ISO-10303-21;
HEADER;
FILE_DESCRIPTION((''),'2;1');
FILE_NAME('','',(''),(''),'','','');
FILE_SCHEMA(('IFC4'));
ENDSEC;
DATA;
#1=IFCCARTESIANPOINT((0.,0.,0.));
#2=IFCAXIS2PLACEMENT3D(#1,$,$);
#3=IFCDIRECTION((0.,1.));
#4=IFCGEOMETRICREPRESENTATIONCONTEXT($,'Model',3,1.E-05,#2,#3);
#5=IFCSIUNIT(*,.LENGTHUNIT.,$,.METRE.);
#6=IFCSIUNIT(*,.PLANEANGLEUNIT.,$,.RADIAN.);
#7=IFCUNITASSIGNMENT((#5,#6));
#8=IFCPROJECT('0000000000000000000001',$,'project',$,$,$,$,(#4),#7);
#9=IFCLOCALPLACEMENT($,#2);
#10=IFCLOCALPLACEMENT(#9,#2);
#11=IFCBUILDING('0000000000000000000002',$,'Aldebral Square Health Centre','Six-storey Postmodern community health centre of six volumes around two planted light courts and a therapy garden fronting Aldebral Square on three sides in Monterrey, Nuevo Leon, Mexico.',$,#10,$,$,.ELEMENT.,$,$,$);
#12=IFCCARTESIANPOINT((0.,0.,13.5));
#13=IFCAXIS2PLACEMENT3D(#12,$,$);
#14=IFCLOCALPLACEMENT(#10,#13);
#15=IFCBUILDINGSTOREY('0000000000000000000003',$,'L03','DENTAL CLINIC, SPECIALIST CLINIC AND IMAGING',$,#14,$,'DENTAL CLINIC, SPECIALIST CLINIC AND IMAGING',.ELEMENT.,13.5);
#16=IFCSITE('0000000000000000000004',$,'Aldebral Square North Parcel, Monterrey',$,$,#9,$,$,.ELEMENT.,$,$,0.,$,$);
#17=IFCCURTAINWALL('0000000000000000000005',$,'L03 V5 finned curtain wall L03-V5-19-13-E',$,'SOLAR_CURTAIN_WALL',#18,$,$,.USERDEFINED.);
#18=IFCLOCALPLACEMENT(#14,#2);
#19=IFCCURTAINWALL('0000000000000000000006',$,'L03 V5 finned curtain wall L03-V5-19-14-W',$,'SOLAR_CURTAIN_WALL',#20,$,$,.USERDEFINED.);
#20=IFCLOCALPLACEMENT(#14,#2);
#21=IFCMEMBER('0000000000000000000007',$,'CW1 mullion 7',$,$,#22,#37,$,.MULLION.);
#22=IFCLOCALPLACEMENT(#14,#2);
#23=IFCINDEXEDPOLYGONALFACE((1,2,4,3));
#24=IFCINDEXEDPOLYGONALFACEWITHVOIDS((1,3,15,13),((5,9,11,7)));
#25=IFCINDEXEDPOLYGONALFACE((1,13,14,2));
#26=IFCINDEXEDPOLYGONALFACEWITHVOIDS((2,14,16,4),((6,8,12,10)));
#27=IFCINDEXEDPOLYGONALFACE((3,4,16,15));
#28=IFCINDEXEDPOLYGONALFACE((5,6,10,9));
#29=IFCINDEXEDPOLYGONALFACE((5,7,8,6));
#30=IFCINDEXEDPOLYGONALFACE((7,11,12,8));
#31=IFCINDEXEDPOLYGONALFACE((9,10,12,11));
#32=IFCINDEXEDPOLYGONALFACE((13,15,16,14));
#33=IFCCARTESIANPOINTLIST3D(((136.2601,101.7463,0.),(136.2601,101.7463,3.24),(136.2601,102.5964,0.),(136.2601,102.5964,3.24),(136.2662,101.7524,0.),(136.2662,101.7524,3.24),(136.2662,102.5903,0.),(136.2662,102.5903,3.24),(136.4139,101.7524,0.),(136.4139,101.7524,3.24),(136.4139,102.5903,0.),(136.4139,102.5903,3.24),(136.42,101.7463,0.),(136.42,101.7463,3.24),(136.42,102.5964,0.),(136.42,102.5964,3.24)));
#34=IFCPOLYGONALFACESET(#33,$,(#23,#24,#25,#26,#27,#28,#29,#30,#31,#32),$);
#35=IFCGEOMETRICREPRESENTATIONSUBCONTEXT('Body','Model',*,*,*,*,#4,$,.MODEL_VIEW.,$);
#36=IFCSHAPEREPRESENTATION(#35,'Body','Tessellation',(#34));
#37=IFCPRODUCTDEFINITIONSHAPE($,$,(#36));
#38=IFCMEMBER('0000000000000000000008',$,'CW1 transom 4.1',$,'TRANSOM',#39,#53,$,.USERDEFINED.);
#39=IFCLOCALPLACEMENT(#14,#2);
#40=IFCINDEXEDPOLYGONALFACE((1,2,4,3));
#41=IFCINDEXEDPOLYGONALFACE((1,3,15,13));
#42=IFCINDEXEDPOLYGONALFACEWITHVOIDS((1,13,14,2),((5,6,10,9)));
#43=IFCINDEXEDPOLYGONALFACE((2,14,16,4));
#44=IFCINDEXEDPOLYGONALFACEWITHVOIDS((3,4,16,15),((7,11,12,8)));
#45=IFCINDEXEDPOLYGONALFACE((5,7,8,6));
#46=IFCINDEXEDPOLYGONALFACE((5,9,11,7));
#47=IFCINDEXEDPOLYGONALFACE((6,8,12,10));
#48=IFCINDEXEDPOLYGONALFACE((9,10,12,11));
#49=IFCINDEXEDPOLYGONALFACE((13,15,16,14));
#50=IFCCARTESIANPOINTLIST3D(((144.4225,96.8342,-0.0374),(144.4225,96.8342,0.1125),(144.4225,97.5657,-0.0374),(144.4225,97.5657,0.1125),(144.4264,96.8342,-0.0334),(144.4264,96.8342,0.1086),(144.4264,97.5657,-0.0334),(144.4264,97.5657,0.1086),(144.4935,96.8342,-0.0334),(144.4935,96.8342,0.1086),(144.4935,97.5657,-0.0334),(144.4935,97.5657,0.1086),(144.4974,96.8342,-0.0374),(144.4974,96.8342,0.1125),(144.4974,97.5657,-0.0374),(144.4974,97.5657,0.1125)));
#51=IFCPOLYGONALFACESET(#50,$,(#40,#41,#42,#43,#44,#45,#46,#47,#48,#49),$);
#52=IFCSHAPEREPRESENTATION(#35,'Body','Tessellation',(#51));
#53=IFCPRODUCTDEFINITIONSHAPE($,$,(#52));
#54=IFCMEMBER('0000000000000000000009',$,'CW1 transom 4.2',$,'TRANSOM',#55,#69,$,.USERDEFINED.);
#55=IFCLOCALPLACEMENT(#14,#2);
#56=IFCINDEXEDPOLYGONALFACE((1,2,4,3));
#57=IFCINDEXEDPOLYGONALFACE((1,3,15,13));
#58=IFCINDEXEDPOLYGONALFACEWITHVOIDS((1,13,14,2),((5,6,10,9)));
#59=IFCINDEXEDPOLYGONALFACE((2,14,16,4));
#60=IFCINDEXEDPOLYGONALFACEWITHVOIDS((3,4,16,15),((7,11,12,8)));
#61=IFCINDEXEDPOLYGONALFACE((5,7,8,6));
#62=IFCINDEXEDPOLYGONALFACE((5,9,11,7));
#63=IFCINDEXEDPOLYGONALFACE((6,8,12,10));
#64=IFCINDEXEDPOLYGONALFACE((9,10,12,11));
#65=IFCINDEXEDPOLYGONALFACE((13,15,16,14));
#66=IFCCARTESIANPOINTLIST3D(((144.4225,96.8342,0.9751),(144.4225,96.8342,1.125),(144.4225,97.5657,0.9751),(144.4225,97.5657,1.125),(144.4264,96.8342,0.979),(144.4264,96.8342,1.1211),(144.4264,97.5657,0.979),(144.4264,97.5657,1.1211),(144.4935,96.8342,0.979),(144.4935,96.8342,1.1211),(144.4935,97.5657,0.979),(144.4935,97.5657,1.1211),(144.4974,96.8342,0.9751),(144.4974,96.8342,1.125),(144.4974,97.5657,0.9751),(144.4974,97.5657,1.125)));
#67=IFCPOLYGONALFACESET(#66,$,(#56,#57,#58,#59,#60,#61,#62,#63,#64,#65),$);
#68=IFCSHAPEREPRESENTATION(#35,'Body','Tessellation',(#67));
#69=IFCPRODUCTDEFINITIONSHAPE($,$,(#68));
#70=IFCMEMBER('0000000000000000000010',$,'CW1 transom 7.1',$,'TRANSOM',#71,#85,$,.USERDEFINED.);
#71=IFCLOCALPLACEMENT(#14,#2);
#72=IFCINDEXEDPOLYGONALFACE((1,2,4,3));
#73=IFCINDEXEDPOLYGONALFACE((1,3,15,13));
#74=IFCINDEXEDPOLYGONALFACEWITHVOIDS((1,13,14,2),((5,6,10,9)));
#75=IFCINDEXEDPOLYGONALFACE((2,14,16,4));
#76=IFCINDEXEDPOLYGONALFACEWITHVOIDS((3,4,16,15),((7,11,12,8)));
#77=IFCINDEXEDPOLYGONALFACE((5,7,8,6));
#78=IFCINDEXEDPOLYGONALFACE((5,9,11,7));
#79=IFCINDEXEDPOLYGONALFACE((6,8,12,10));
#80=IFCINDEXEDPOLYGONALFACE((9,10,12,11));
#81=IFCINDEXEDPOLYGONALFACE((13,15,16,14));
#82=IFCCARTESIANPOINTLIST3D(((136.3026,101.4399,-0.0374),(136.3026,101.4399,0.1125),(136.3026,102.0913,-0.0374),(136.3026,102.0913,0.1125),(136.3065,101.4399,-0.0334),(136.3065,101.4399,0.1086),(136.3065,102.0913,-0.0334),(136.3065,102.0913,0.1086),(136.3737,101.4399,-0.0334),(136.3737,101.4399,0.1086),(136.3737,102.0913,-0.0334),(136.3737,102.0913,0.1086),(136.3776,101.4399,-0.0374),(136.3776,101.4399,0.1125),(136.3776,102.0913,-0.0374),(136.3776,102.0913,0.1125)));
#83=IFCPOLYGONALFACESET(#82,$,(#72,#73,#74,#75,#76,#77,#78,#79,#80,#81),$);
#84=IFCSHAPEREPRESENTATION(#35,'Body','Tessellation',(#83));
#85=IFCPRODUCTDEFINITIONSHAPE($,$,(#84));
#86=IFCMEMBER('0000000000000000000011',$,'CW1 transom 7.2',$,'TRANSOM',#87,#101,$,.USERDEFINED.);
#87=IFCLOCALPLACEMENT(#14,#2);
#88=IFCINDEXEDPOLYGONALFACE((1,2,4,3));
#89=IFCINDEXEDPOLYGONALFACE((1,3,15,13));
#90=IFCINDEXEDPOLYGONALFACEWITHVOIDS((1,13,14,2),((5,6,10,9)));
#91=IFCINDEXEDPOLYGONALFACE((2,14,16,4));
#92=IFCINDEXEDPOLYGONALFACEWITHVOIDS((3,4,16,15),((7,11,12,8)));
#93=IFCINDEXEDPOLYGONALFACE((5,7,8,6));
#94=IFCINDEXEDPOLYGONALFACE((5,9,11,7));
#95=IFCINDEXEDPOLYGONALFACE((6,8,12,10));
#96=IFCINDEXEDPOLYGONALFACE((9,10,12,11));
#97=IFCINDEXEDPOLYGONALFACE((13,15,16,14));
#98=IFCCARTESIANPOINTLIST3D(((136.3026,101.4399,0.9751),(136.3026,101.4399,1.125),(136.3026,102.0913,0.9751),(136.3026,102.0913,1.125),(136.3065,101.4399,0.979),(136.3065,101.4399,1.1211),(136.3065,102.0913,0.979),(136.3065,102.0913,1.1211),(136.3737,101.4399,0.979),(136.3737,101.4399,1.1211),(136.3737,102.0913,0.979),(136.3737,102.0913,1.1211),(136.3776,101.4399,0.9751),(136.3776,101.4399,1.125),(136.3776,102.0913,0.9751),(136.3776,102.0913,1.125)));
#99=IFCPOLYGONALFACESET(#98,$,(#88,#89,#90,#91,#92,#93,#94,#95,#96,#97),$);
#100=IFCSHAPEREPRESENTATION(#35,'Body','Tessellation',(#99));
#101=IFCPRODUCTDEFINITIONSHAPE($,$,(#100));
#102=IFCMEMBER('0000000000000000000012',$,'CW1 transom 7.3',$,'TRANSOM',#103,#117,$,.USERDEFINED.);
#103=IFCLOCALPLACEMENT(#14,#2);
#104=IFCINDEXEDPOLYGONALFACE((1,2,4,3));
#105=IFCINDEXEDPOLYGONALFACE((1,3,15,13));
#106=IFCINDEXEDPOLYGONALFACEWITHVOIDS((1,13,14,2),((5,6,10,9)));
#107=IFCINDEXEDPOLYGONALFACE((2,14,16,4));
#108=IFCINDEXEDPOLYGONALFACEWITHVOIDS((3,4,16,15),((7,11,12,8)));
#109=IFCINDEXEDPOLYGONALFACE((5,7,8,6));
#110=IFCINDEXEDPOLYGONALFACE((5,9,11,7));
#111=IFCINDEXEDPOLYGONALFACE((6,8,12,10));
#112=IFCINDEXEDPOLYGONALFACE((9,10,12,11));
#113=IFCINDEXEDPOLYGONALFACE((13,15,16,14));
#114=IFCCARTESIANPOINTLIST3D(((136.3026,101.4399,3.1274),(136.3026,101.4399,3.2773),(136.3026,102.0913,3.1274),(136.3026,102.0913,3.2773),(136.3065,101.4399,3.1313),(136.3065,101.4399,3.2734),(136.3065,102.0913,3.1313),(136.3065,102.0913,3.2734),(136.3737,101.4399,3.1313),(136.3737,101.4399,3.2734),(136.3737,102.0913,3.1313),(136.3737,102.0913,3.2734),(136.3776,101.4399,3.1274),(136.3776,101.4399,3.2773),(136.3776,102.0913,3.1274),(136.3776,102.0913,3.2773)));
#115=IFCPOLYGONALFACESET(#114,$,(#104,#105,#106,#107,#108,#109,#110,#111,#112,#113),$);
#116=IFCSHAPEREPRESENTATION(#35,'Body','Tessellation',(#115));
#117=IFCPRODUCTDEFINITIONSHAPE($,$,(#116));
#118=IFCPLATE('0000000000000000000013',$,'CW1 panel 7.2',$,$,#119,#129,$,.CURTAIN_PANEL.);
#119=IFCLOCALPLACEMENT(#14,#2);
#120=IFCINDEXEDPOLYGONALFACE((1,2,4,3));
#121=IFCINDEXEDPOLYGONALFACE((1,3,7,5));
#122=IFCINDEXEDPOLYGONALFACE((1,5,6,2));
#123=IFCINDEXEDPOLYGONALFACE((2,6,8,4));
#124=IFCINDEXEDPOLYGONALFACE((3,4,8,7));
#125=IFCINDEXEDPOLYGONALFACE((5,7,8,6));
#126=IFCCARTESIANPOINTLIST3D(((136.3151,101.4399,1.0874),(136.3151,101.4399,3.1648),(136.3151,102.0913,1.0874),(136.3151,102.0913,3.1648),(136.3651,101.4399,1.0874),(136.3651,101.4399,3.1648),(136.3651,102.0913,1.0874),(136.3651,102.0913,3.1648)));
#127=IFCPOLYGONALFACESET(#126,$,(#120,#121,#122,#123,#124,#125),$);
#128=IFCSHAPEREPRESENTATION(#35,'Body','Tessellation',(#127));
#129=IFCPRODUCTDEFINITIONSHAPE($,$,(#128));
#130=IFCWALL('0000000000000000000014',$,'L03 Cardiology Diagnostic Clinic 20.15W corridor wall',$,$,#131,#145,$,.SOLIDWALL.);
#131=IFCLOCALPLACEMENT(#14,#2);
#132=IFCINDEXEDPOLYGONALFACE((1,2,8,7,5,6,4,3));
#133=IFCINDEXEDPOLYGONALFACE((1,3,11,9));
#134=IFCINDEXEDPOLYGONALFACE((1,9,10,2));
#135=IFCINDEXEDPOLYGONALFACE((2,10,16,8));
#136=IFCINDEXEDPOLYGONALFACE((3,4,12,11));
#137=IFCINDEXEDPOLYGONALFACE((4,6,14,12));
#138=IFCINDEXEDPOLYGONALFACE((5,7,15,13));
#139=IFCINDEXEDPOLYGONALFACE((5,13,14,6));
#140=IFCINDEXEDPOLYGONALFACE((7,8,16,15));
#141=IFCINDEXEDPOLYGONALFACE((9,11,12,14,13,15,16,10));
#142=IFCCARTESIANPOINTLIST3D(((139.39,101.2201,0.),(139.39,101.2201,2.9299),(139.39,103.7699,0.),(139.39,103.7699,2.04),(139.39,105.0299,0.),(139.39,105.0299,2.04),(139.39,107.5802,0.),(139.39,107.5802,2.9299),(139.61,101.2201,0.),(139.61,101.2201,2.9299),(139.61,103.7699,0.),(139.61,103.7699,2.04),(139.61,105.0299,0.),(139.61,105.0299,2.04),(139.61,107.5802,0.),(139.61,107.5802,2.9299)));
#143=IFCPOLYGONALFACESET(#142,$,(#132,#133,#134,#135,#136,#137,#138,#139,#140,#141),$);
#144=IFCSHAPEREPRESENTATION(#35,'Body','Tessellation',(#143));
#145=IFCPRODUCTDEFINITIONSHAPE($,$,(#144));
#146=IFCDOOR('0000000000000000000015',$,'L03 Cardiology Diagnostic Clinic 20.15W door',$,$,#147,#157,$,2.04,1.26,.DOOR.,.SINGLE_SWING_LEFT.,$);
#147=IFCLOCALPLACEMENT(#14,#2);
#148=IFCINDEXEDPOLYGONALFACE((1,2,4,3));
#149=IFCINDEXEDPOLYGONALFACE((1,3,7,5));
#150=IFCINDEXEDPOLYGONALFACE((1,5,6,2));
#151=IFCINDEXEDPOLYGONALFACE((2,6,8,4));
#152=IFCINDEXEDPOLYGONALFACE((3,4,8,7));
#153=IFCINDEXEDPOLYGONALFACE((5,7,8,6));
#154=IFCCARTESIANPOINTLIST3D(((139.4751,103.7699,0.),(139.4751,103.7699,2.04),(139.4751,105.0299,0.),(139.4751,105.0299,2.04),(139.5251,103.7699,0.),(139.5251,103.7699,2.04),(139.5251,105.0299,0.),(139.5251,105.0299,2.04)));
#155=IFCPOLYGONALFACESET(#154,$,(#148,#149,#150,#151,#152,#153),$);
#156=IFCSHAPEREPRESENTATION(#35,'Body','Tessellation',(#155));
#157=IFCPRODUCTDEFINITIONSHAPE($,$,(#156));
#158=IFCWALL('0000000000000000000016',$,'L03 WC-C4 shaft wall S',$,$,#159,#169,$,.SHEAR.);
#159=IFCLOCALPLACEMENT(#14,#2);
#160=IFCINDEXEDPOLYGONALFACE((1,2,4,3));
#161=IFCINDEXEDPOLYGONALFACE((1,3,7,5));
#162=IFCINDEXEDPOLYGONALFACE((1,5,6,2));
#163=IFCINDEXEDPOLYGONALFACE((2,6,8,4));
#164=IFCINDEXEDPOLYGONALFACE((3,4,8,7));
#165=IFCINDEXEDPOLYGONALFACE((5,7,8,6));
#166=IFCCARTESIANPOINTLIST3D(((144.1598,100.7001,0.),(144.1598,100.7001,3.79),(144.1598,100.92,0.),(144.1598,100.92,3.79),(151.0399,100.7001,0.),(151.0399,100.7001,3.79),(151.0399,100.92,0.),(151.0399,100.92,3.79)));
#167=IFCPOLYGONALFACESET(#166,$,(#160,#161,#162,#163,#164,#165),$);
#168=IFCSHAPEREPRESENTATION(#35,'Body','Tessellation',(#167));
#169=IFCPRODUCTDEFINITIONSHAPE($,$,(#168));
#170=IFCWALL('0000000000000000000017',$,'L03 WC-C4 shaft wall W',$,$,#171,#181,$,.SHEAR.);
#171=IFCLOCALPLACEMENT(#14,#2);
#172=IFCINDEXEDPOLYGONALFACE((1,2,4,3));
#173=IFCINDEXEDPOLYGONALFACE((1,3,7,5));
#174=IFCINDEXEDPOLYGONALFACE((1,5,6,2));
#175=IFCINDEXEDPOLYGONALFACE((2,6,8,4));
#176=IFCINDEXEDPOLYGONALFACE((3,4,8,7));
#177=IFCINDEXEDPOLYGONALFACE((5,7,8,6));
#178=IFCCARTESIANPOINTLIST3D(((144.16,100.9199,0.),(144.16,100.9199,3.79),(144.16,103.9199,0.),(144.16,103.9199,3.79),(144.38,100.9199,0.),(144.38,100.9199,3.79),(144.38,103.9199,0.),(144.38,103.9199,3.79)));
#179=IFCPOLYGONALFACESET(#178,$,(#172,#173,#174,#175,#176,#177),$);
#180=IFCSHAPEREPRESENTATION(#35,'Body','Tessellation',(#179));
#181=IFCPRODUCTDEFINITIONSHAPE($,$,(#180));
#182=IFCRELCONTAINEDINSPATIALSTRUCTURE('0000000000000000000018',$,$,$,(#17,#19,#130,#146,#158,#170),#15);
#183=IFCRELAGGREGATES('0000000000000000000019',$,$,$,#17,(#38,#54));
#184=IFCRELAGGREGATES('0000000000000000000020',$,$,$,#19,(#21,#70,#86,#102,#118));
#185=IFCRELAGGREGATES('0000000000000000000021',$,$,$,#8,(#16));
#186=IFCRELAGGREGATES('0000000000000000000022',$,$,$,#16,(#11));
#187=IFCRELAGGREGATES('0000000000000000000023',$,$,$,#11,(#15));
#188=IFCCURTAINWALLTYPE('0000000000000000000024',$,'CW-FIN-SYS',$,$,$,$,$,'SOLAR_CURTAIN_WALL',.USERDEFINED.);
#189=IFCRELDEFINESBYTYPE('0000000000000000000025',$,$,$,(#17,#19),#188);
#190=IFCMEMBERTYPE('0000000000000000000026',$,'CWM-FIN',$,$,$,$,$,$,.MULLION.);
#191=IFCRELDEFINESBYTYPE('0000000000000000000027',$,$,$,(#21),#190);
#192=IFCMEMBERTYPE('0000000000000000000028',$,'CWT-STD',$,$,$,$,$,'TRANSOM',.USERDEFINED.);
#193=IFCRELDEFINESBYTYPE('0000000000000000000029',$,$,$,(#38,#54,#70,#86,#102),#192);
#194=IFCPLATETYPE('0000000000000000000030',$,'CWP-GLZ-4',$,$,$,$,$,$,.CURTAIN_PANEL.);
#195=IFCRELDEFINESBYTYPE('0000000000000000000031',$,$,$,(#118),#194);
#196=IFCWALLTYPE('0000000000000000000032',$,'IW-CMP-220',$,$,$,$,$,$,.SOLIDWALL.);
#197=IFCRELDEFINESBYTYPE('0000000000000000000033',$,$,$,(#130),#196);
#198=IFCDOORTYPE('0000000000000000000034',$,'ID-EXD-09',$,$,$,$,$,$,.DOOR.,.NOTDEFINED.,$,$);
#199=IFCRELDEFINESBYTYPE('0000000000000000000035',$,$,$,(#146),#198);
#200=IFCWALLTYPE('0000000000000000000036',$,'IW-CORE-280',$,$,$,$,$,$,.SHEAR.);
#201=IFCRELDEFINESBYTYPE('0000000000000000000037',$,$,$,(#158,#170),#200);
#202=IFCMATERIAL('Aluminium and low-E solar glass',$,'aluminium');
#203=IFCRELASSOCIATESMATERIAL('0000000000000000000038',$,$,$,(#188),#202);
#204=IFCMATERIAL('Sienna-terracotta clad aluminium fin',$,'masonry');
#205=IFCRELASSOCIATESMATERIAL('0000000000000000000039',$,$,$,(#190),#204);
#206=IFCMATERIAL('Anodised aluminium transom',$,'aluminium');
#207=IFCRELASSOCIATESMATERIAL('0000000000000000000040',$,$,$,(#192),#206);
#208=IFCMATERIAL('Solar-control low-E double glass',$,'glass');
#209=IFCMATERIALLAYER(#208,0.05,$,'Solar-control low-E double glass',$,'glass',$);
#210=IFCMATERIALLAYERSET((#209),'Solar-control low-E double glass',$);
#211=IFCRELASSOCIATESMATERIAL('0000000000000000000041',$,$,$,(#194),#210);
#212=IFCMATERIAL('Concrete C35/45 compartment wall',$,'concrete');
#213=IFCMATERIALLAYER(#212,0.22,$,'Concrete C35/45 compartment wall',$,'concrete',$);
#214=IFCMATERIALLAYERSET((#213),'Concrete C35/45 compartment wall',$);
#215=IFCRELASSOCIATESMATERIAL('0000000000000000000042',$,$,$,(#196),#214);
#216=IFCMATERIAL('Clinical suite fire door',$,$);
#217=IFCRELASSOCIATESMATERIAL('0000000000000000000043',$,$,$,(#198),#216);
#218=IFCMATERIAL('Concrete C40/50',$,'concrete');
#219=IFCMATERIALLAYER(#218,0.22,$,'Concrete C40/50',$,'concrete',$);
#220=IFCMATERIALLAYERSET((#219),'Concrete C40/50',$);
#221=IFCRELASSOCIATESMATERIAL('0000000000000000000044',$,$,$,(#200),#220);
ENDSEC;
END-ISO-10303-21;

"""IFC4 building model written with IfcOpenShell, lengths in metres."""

from ifc_helpers import new_model, si_unit, direction, frame, frame_2d, origin, origin_2d, place, context, subcontext, project, spatial, rectangle, hollow_rectangle, extrude, material, layer, layer_set, material_profile, profile_set, type_object, element, fill, aggregate, save


model = new_model("IFC4")

# Units and contexts
model_context = context("Model", 3, precision=1e-05, world=origin(), true_north=direction((0.0, 1.0)))
body_context = subcontext(model_context, "Body", "Model", "MODEL_VIEW")
ifc_project = project(units=[si_unit("LENGTHUNIT", "METRE"), si_unit("PLANEANGLEUNIT", "RADIAN")], contexts=[model_context])

# Site, building, storey
site_placement = place(None, origin())
site = spatial("IfcSite", under=ifc_project, at=site_placement, Name="Aldebral Square North Parcel, Monterrey", CompositionType="ELEMENT", RefElevation=0.0)
building_placement = place(site_placement, origin())
building = spatial("IfcBuilding", under=site, at=building_placement, Name="Aldebral Square Health Centre", Description="Six-storey Postmodern community health centre of six volumes around two planted light courts and a therapy garden fronting Aldebral Square on three sides in Monterrey, Nuevo Leon, Mexico.", CompositionType="ELEMENT")
storey_placement = place(building_placement, frame((0.0, 0.0, 13.5)))
storey = spatial("IfcBuildingStorey", under=building, at=storey_placement, Name="L03", Description="DENTAL CLINIC, SPECIALIST CLINIC AND IMAGING", LongName="DENTAL CLINIC, SPECIALIST CLINIC AND IMAGING", CompositionType="ELEMENT", Elevation=13.5)

# Shared definitions
ifc_material_1 = material(Name="Concrete C40/50", Category="concrete")

# Curtain wall
ifc_material_2 = material(Name="Aluminium and low-E solar glass", Category="aluminium")
curtain_wall_type = type_object("IfcCurtainWallType", Name="CW-FIN-SYS", ElementType="SOLAR_CURTAIN_WALL", PredefinedType="USERDEFINED", material=ifc_material_2)
curtain_wall_1_placement = place(storey_placement, origin())
curtain_wall_1 = element("IfcCurtainWall", 1, at=curtain_wall_1_placement, inside=storey, type_object=curtain_wall_type, Name="L03 V5 finned curtain wall L03-V5-19-13-E", ObjectType="SOLAR_CURTAIN_WALL", PredefinedType="USERDEFINED")
ifc_material_3 = material(Name="Sienna-terracotta clad aluminium fin", Category="masonry")
ifc_material_profile_1 = material_profile(ifc_material_3, hollow_rectangle(XDim=0.1599, YDim=0.8501, WallThickness=0.0061, at=origin_2d()), Name="FIN 160x850x6")
ifc_profile_set_1 = profile_set([ifc_material_profile_1], Name="Sienna-terracotta clad aluminium fin")
member_type_1 = type_object("IfcMemberType", Name="CWM-FIN", PredefinedType="MULLION", material=ifc_profile_set_1)

# Curtain wall, member
curtain_wall_2_placement = place(storey_placement, origin())
curtain_wall_2 = element("IfcCurtainWall", 2, at=curtain_wall_2_placement, inside=storey, type_object=curtain_wall_type, Name="L03 V5 finned curtain wall L03-V5-19-14-W", ObjectType="SOLAR_CURTAIN_WALL", PredefinedType="USERDEFINED")
member_1_placement = place(storey_placement, frame((136.3401, 102.1714, 0.0), z_axis=(0.0, 0.0, 1.0), x_axis=(1.0, 0.0, 0.0)))
member_1 = element("IfcMember", 3, at=member_1_placement, type_object=member_type_1, Name="CW1 mullion 7", PredefinedType="MULLION", context=body_context, shape_type="SweptSolid", body=[
    extrude(hollow_rectangle(XDim=0.1599, YDim=0.8501, WallThickness=0.0061, at=origin_2d()), origin(), (0.0, 0.0, 1.0), 3.24),
])

# Members
ifc_material_4 = material(Name="Anodised aluminium transom", Category="aluminium")
ifc_material_profile_2 = material_profile(ifc_material_4, hollow_rectangle(XDim=0.075, YDim=0.1499, WallThickness=0.0039, at=origin_2d()), Name="CWT 75x150x4")
ifc_profile_set_2 = profile_set([ifc_material_profile_2], Name="Anodised aluminium transom")
member_type_2 = type_object("IfcMemberType", Name="CWT-STD", ElementType="TRANSOM", PredefinedType="USERDEFINED", material=ifc_profile_set_2)
member_2_placement = place(storey_placement, frame((144.46, 96.8342, 0.0376), z_axis=(0.0, 1.0, 0.0), x_axis=(-1.0, 0.0, 0.0)))
member_2 = element("IfcMember", 4, at=member_2_placement, type_object=member_type_2, Name="CW1 transom 4.1", ObjectType="TRANSOM", PredefinedType="USERDEFINED", context=body_context, shape_type="SweptSolid", body=[
    extrude(hollow_rectangle(XDim=0.075, YDim=0.1499, WallThickness=0.0039, at=origin_2d()), origin(), (0.0, 0.0, 1.0), 0.7314),
])
member_3_placement = place(storey_placement, frame((144.46, 96.8342, 1.05), z_axis=(0.0, 1.0, 0.0), x_axis=(-1.0, 0.0, 0.0)))
member_3 = element("IfcMember", 5, at=member_3_placement, type_object=member_type_2, Name="CW1 transom 4.2", ObjectType="TRANSOM", PredefinedType="USERDEFINED", context=body_context, shape_type="SweptSolid", body=[
    extrude(hollow_rectangle(XDim=0.075, YDim=0.1499, WallThickness=0.0039, at=origin_2d()), origin(), (0.0, 0.0, 1.0), 0.7314),
])
aggregate(curtain_wall_1, [member_2, member_3])
member_4_placement = place(storey_placement, frame((136.3401, 102.0913, 0.0376), z_axis=(0.0, -1.0, 0.0), x_axis=(1.0, 0.0, 0.0)))
member_4 = element("IfcMember", 6, at=member_4_placement, type_object=member_type_2, Name="CW1 transom 7.1", ObjectType="TRANSOM", PredefinedType="USERDEFINED", context=body_context, shape_type="SweptSolid", body=[
    extrude(hollow_rectangle(XDim=0.075, YDim=0.1499, WallThickness=0.0039, at=origin_2d()), origin(), (0.0, 0.0, 1.0), 0.6514),
])
member_5_placement = place(storey_placement, frame((136.3401, 102.0913, 1.05), z_axis=(0.0, -1.0, 0.0), x_axis=(1.0, 0.0, 0.0)))
member_5 = element("IfcMember", 7, at=member_5_placement, type_object=member_type_2, Name="CW1 transom 7.2", ObjectType="TRANSOM", PredefinedType="USERDEFINED", context=body_context, shape_type="SweptSolid", body=[
    extrude(hollow_rectangle(XDim=0.075, YDim=0.1499, WallThickness=0.0039, at=origin_2d()), origin(), (0.0, 0.0, 1.0), 0.6514),
])
member_6_placement = place(storey_placement, frame((136.3401, 102.0913, 3.2024), z_axis=(0.0, -1.0, 0.0), x_axis=(1.0, 0.0, 0.0)))
member_6 = element("IfcMember", 8, at=member_6_placement, type_object=member_type_2, Name="CW1 transom 7.3", ObjectType="TRANSOM", PredefinedType="USERDEFINED", context=body_context, shape_type="SweptSolid", body=[
    extrude(hollow_rectangle(XDim=0.075, YDim=0.1499, WallThickness=0.0039, at=origin_2d()), origin(), (0.0, 0.0, 1.0), 0.6514),
])

# Plate
ifc_material_5 = material(Name="Solar-control low-E double glass", Category="glass")
ifc_layer_1 = layer(ifc_material_5, 0.05, Name="Solar-control low-E double glass", Category="glass")
ifc_layer_set_1 = layer_set([ifc_layer_1], Name="Solar-control low-E double glass")
plate_type = type_object("IfcPlateType", Name="CWP-GLZ-4", PredefinedType="CURTAIN_PANEL", material=ifc_layer_set_1)
plate_placement = place(storey_placement, frame((136.3401, 101.7656, 1.0874), z_axis=(0.0, 0.0, 1.0), x_axis=(0.0, -1.0, 0.0)))
plate = element("IfcPlate", 9, at=plate_placement, type_object=plate_type, Name="CW1 panel 7.2", PredefinedType="CURTAIN_PANEL", context=body_context, shape_type="SweptSolid", body=[
    extrude(rectangle(XDim=0.6514, YDim=0.05, at=origin_2d()), origin(), (0.0, 0.0, 1.0), 2.0774),
])
aggregate(curtain_wall_2, [member_1, member_4, member_5, member_6, plate])

# Wall, opening, door
ifc_material_6 = material(Name="Concrete C35/45 compartment wall", Category="concrete")
ifc_layer_2 = layer(ifc_material_6, 0.22, Name="Concrete C35/45 compartment wall", Category="concrete")
ifc_layer_set_2 = layer_set([ifc_layer_2], Name="Concrete C35/45 compartment wall")
wall_type_1 = type_object("IfcWallType", Name="IW-CMP-220", PredefinedType="SOLIDWALL", material=ifc_layer_set_2)
wall_1_placement = place(storey_placement, frame((139.5, 101.22, 0.0), z_axis=(0.0, 0.0, 1.0), x_axis=(0.0, 1.0, 0.0)))
wall_1 = element("IfcWall", 10, at=wall_1_placement, inside=storey, type_object=wall_type_1, Name="L03 Cardiology Diagnostic Clinic 20.15W corridor wall", PredefinedType="SOLIDWALL", context=body_context, shape_type="SweptSolid", body=[
    extrude(rectangle(XDim=6.3601, YDim=0.22, at=frame_2d((3.1802, 0.0))), origin(), (0.0, 0.0, 1.0), 2.9299),
])
opening_placement = place(wall_1_placement, frame((2.55, 0.0, 0.0)))
opening = element("IfcOpeningElement", 11, at=opening_placement, cuts=wall_1, PredefinedType="OPENING", context=body_context, shape_type="SweptSolid", body=[
    extrude(rectangle(XDim=1.26, YDim=2.04, at=frame_2d((0.6299, 1.02))), frame((0.0, 0.1201, 0.0), z_axis=(0.0, -1.0, 0.0), x_axis=(1.0, 0.0, 0.0)), (0.0, 0.0, 1.0), 0.24),
])
ifc_material_7 = material(Name="Clinical suite fire door")
door_type = type_object("IfcDoorType", Name="ID-EXD-09", OperationType="NOTDEFINED", PredefinedType="DOOR", material=ifc_material_7)
door_placement = place(opening_placement, origin())
door = element("IfcDoor", 12, at=door_placement, inside=storey, type_object=door_type, Name="L03 Cardiology Diagnostic Clinic 20.15W door", OperationType="SINGLE_SWING_LEFT", OverallHeight=2.04, OverallWidth=1.26, PredefinedType="DOOR", context=body_context, shape_type="SweptSolid", body=[
    extrude(rectangle(XDim=1.26, YDim=2.04, at=frame_2d((0.6299, 1.02))), frame((0.0, 0.0249, 0.0), z_axis=(0.0, -1.0, 0.0), x_axis=(1.0, 0.0, 0.0)), (0.0, 0.0, 1.0), 0.05),
])
fill(opening, door)

# Walls
ifc_layer_3 = layer(ifc_material_1, 0.22, Name="Concrete C40/50", Category="concrete")
ifc_layer_set_3 = layer_set([ifc_layer_3], Name="Concrete C40/50")
wall_type_2 = type_object("IfcWallType", Name="IW-CORE-280", PredefinedType="SHEAR", material=ifc_layer_set_3)
wall_2_placement = place(storey_placement, frame((144.1599, 100.8101, 0.0), z_axis=(0.0, 0.0, 1.0), x_axis=(1.0, 0.0, 0.0)))
element("IfcWall", 13, at=wall_2_placement, inside=storey, type_object=wall_type_2, Name="L03 WC-C4 shaft wall S", PredefinedType="SHEAR", context=body_context, shape_type="SweptSolid", body=[
    extrude(rectangle(XDim=6.8801, YDim=0.22, at=frame_2d((3.4399, 0.0))), origin(), (0.0, 0.0, 1.0), 3.79),
])
wall_3_placement = place(storey_placement, frame((144.27, 100.9199, 0.0), z_axis=(0.0, 0.0, 1.0), x_axis=(0.0, 1.0, 0.0)))
element("IfcWall", 14, at=wall_3_placement, inside=storey, type_object=wall_type_2, Name="L03 WC-C4 shaft wall W", PredefinedType="SHEAR", context=body_context, shape_type="SweptSolid", body=[
    extrude(rectangle(XDim=3.0, YDim=0.22, at=frame_2d((1.5, 0.0))), origin(), (0.0, 0.0, 1.0), 3.79),
])

save(model, "model.ifc")
